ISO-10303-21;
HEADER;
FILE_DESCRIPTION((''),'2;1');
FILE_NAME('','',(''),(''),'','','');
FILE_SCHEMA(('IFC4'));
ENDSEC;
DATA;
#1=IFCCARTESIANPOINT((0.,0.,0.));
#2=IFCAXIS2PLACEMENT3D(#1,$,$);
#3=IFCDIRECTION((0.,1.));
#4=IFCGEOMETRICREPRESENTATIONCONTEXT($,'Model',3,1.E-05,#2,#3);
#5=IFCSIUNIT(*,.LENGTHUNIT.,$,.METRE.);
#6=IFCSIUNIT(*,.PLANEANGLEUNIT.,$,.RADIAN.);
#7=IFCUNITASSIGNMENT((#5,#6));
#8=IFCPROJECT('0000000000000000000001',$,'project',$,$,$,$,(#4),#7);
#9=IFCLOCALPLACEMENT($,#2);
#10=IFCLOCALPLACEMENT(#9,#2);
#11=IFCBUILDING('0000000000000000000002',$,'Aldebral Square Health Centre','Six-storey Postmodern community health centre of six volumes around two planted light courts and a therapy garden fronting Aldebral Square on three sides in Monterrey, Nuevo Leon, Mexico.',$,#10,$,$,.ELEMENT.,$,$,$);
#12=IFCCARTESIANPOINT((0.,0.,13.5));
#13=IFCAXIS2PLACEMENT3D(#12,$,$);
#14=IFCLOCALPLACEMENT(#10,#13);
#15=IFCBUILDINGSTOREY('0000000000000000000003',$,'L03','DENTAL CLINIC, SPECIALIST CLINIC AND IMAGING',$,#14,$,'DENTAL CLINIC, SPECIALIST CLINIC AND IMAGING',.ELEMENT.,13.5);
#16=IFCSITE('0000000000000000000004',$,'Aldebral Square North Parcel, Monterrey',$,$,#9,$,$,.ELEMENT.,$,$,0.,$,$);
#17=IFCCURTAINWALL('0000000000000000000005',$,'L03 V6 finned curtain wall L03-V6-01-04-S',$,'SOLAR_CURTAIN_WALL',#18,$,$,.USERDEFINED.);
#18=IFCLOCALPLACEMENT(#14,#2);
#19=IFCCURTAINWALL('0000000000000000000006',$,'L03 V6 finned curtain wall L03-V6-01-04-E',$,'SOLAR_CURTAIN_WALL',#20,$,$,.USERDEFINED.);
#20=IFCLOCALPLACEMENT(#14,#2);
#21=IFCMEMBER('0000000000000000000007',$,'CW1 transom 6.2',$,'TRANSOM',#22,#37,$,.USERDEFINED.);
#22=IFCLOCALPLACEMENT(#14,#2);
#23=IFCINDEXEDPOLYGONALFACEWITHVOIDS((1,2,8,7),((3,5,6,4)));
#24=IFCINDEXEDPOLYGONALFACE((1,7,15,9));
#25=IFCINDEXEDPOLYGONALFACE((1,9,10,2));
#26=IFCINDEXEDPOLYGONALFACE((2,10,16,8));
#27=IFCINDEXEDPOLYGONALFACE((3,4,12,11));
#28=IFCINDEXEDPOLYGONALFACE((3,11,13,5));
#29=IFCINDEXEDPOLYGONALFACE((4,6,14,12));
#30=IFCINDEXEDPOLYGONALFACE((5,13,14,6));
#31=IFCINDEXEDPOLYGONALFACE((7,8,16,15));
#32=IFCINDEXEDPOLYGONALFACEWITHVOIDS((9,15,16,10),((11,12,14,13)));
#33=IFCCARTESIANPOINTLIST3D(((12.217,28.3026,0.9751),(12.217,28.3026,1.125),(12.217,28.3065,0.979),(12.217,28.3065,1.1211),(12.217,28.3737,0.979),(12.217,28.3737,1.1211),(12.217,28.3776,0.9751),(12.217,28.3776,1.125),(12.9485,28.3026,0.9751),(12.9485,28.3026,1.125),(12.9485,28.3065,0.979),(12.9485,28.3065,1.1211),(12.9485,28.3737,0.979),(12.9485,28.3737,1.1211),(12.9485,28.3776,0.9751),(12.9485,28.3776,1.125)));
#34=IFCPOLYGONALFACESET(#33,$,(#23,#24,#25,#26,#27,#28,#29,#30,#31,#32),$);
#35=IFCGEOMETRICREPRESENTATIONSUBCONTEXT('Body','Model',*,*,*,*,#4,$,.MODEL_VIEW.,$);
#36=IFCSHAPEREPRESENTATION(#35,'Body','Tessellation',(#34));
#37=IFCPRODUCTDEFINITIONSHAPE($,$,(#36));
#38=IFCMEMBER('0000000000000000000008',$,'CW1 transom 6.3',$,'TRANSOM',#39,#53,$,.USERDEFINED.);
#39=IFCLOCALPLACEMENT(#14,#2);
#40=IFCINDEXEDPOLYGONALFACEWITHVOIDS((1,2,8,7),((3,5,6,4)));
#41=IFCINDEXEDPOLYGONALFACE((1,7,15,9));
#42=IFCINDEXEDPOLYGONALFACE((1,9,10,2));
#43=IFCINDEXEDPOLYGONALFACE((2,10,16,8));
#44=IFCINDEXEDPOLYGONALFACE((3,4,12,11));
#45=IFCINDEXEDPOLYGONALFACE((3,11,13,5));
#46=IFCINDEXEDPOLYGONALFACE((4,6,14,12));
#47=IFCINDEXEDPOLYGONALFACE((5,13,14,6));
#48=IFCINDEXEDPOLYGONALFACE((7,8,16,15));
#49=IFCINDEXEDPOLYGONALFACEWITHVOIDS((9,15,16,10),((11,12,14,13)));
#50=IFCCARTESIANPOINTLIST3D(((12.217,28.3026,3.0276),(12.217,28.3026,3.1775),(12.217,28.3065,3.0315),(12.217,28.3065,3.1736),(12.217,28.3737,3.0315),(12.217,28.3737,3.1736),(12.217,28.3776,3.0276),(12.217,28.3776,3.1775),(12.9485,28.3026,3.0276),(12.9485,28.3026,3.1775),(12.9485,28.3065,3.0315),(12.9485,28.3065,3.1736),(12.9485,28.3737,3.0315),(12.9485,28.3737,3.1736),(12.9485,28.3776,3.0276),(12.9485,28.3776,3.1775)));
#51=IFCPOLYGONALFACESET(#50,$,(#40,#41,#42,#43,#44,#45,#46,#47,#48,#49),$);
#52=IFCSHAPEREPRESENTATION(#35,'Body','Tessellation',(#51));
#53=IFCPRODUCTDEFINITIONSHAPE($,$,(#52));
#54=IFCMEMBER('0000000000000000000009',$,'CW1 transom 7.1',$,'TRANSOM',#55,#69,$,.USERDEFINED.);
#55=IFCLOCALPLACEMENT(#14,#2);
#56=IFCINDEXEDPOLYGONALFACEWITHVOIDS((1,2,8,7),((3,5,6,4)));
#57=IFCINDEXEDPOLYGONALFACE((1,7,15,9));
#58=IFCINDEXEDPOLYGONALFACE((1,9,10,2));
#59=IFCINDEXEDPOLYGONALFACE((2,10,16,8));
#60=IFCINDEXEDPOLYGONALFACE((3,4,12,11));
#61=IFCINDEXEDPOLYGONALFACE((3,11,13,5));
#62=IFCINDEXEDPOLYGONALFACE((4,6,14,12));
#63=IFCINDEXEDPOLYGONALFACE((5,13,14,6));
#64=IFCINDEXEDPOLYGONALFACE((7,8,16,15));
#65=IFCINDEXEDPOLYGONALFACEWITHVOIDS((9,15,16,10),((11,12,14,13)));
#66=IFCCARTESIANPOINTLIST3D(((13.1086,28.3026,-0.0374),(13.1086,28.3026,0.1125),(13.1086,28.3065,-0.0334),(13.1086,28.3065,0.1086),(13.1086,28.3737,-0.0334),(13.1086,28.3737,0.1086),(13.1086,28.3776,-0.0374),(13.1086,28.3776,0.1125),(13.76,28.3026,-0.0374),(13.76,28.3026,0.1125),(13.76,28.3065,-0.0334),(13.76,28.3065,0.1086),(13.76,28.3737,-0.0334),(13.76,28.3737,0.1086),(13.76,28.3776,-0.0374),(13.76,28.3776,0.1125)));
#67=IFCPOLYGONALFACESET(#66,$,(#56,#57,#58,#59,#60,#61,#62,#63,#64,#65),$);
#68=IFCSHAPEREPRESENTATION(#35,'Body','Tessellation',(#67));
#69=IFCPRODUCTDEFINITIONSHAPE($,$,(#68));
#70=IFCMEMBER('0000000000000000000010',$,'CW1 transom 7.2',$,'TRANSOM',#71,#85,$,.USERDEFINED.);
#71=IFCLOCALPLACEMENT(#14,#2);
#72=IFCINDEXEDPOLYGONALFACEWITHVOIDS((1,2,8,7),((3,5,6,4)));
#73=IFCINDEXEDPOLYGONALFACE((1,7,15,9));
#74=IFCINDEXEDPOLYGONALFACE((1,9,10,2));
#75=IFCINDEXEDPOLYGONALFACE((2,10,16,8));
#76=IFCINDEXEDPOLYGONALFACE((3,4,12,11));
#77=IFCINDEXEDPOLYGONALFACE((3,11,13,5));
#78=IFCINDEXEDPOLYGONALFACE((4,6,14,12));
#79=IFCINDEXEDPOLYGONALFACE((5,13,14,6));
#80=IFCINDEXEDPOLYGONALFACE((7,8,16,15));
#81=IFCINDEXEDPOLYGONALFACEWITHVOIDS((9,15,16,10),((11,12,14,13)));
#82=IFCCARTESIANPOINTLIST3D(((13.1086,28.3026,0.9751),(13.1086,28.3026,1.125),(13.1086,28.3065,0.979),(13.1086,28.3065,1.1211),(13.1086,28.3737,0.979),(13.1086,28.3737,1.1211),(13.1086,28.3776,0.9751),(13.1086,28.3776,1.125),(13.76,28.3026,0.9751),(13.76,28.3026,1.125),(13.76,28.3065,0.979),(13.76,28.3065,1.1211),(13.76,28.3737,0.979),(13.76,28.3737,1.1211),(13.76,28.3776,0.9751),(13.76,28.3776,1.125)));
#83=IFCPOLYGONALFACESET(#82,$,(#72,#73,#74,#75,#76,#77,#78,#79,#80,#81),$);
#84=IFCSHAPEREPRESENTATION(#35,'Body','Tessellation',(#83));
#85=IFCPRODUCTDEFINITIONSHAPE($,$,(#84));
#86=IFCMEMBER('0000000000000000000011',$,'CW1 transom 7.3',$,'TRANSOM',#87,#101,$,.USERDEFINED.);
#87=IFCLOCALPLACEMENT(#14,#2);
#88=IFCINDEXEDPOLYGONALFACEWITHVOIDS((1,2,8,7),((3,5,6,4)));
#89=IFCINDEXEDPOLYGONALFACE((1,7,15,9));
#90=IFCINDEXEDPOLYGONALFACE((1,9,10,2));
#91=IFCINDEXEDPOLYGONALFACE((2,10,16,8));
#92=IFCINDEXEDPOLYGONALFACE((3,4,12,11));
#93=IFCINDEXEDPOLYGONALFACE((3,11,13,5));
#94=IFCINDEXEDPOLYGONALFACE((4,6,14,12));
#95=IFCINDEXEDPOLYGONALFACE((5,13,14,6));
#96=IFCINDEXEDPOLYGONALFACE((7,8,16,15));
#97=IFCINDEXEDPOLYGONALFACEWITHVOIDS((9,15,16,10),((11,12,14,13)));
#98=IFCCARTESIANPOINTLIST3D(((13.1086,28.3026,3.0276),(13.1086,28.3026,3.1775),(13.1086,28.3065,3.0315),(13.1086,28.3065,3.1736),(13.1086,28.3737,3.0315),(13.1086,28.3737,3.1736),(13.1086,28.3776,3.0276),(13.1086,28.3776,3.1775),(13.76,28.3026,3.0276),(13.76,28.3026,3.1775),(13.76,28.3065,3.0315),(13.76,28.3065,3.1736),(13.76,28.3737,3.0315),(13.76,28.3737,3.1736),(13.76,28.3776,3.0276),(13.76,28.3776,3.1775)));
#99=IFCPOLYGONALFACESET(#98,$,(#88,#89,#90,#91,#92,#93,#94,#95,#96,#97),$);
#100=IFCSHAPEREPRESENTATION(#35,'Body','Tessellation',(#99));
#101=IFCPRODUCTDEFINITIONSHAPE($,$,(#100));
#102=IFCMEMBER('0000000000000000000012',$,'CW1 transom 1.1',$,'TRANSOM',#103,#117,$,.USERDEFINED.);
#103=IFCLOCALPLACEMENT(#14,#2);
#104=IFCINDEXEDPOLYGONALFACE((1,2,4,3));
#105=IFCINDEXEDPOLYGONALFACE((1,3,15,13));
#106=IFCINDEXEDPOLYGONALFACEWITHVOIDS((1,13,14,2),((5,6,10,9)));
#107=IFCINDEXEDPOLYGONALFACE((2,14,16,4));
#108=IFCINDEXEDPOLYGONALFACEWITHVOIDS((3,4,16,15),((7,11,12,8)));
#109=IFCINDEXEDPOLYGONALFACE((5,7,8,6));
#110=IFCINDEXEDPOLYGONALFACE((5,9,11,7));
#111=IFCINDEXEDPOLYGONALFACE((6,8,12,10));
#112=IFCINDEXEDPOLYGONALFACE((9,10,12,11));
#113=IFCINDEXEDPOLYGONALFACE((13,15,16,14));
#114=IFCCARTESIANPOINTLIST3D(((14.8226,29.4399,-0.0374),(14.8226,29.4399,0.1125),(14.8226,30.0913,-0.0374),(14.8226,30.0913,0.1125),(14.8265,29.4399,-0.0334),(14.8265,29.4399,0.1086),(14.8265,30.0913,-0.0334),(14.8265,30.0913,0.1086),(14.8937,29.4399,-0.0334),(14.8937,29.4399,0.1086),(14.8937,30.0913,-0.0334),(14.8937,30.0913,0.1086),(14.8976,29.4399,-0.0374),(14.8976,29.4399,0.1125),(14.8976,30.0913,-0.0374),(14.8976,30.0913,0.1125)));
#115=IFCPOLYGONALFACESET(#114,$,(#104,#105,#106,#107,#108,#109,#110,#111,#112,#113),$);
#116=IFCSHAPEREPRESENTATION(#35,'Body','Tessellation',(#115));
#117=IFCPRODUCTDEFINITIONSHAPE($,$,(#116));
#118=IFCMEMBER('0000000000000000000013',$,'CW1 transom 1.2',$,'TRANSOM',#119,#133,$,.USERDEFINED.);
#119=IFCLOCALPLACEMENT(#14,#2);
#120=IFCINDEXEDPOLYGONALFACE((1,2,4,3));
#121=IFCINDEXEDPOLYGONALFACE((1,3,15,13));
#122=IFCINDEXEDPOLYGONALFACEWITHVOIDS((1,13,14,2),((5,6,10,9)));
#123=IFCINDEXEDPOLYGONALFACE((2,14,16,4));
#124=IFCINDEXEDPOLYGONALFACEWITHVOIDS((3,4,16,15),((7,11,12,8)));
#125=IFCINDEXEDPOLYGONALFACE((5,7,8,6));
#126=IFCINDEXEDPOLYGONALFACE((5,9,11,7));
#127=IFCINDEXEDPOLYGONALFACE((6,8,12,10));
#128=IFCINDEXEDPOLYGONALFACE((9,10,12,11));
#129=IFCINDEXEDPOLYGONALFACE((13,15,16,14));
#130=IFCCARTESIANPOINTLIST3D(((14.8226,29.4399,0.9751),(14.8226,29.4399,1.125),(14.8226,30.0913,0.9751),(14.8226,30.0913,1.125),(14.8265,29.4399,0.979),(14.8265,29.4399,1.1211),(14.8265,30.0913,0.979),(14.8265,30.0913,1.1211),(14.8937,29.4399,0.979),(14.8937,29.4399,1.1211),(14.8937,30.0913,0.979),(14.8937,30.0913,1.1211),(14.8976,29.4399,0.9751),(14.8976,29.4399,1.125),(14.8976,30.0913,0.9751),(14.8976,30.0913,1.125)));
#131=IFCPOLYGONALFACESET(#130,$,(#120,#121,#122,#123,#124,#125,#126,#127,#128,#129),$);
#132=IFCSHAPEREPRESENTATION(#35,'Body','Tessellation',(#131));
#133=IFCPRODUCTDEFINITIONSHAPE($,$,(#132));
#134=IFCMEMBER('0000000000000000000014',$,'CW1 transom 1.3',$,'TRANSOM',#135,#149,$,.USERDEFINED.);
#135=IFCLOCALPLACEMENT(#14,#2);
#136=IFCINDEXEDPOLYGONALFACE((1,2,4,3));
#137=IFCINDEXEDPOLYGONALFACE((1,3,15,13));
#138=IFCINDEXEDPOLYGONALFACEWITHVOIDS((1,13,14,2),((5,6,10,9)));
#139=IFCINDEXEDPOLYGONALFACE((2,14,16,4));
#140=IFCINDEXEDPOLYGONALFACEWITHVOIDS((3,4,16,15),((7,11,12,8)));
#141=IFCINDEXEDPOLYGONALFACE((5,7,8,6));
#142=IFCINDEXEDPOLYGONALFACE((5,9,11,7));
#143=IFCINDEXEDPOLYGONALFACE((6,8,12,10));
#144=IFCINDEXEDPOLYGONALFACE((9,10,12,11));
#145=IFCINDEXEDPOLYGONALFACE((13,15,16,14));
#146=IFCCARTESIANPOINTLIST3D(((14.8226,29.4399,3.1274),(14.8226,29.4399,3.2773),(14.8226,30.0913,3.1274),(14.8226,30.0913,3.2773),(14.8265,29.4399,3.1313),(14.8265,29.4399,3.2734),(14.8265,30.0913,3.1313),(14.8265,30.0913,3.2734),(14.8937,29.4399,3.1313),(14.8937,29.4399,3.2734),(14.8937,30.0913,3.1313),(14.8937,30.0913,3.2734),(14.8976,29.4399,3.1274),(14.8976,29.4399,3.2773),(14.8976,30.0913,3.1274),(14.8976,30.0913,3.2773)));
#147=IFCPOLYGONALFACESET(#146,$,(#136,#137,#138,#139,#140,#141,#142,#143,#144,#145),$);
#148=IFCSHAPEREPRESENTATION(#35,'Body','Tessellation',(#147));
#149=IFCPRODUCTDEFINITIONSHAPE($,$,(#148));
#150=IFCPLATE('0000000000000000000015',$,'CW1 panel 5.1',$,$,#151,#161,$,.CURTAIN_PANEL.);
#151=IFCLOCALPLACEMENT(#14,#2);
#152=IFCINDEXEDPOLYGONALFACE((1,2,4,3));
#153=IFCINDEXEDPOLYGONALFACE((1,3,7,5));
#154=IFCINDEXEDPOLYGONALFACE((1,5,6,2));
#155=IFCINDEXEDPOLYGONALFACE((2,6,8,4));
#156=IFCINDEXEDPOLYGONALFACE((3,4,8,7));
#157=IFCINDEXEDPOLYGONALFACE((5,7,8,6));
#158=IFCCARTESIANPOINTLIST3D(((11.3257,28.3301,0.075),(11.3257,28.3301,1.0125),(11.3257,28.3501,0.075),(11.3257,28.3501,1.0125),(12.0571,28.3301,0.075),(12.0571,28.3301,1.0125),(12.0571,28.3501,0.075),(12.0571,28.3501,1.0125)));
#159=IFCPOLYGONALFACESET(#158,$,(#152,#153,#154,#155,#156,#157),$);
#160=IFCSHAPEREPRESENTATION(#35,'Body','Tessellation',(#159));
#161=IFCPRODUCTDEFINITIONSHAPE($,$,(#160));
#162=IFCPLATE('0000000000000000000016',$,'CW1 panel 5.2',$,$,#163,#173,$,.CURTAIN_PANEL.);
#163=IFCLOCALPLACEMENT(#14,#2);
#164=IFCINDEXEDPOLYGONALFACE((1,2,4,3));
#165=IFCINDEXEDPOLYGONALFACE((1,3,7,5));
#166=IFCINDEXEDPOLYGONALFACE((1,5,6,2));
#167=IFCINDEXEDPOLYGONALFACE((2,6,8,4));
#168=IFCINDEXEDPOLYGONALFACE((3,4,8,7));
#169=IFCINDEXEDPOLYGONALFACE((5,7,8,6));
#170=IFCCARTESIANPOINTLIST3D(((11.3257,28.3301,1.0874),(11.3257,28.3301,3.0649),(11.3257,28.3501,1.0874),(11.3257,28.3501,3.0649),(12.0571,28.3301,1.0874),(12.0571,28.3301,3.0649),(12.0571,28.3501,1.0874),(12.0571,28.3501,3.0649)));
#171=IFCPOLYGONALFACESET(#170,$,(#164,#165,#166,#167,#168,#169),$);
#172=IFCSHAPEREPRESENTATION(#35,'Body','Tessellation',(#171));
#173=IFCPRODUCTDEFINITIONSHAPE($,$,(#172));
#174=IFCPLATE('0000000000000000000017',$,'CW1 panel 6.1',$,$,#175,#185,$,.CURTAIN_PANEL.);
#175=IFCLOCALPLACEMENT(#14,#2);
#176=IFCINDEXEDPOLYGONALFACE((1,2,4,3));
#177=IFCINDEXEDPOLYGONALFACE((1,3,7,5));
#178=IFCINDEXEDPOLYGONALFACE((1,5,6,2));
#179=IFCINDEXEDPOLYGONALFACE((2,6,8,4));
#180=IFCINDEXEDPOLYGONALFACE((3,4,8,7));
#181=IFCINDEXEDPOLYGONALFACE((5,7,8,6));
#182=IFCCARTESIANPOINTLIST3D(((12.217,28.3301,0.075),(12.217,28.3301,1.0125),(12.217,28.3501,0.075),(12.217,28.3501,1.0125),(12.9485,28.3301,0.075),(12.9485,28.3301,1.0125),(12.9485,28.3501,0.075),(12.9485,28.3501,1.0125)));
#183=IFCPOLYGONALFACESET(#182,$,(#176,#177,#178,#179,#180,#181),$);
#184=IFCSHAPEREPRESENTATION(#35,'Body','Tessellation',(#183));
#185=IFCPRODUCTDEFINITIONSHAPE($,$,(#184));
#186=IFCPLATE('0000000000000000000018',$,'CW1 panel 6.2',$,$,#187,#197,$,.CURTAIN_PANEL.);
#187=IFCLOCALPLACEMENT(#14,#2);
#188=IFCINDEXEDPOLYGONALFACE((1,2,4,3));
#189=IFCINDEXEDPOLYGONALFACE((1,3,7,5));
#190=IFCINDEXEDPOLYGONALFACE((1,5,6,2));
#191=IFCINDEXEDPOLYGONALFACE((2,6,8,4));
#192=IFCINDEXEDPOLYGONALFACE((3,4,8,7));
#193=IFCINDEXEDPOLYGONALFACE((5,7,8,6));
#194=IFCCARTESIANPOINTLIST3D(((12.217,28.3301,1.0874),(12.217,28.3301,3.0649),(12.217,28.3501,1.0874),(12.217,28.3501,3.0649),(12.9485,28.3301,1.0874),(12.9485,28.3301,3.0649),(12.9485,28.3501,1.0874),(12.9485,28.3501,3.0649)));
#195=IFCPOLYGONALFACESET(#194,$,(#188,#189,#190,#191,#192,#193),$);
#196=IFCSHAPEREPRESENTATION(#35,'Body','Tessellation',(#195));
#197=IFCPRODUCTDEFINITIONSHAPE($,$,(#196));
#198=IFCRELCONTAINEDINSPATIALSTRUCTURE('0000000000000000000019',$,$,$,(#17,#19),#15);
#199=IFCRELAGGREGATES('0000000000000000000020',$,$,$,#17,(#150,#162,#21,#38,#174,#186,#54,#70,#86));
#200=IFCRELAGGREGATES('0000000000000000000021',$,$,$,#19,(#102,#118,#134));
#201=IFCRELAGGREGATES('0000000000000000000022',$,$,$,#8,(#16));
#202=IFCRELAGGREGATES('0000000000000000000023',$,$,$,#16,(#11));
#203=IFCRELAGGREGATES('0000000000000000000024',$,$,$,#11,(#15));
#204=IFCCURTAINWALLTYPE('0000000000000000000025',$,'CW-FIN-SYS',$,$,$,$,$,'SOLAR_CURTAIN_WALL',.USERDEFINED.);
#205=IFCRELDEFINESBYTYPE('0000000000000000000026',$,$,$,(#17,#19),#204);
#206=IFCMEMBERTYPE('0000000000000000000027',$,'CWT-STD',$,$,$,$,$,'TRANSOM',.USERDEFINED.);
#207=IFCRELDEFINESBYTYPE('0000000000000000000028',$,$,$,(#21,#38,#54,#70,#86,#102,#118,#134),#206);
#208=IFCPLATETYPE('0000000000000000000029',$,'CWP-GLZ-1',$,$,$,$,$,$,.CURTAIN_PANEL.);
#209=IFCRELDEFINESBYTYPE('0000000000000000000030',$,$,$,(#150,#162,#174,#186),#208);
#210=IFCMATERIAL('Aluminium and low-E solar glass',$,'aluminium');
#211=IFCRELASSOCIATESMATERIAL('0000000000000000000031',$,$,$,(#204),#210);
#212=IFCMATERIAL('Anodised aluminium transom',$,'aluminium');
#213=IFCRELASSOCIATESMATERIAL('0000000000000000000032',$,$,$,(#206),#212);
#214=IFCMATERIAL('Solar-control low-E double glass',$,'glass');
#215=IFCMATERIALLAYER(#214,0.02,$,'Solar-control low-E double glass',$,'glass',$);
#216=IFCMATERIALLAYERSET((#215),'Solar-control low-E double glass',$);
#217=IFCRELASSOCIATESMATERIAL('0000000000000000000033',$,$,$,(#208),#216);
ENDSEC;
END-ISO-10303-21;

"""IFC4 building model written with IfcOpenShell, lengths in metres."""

from ifc_helpers import new_model, si_unit, direction, frame, origin, origin_2d, place, context, subcontext, project, spatial, rectangle, hollow_rectangle, extrude, material, layer, layer_set, material_profile, profile_set, type_object, element, aggregate, save


model = new_model("IFC4")

# Units and contexts
model_context = context("Model", 3, precision=1e-05, world=origin(), true_north=direction((0.0, 1.0)))
body_context = subcontext(model_context, "Body", "Model", "MODEL_VIEW")
ifc_project = project(units=[si_unit("LENGTHUNIT", "METRE"), si_unit("PLANEANGLEUNIT", "RADIAN")], contexts=[model_context])

# Site, building, storey
site_placement = place(None, origin())
site = spatial("IfcSite", under=ifc_project, at=site_placement, Name="Aldebral Square North Parcel, Monterrey", CompositionType="ELEMENT", RefElevation=0.0)
building_placement = place(site_placement, origin())
building = spatial("IfcBuilding", under=site, at=building_placement, Name="Aldebral Square Health Centre", Description="Six-storey Postmodern community health centre of six volumes around two planted light courts and a therapy garden fronting Aldebral Square on three sides in Monterrey, Nuevo Leon, Mexico.", CompositionType="ELEMENT")
storey_placement = place(building_placement, frame((0.0, 0.0, 13.5)))
storey = spatial("IfcBuildingStorey", under=building, at=storey_placement, Name="L03", Description="DENTAL CLINIC, SPECIALIST CLINIC AND IMAGING", LongName="DENTAL CLINIC, SPECIALIST CLINIC AND IMAGING", CompositionType="ELEMENT", Elevation=13.5)

# Curtain wall
ifc_material_1 = material(Name="Aluminium and low-E solar glass", Category="aluminium")
curtain_wall_type = type_object("IfcCurtainWallType", Name="CW-FIN-SYS", ElementType="SOLAR_CURTAIN_WALL", PredefinedType="USERDEFINED", material=ifc_material_1)
curtain_wall_1_placement = place(storey_placement, origin())
curtain_wall_1 = element("IfcCurtainWall", 1, at=curtain_wall_1_placement, inside=storey, type_object=curtain_wall_type, Name="L03 V6 finned curtain wall L03-V6-01-04-S", ObjectType="SOLAR_CURTAIN_WALL", PredefinedType="USERDEFINED")

# Curtain wall
curtain_wall_2_placement = place(storey_placement, origin())
curtain_wall_2 = element("IfcCurtainWall", 2, at=curtain_wall_2_placement, inside=storey, type_object=curtain_wall_type, Name="L03 V6 finned curtain wall L03-V6-01-04-E", ObjectType="SOLAR_CURTAIN_WALL", PredefinedType="USERDEFINED")

# Members
ifc_material_2 = material(Name="Anodised aluminium transom", Category="aluminium")
ifc_material_profile_1 = material_profile(ifc_material_2, hollow_rectangle(XDim=0.075, YDim=0.1499, WallThickness=0.0039, at=origin_2d()), Name="CWT 75x150x4")
ifc_profile_set_1 = profile_set([ifc_material_profile_1], Name="Anodised aluminium transom")
member_type_1 = type_object("IfcMemberType", Name="CWT-STD", ElementType="TRANSOM", PredefinedType="USERDEFINED", material=ifc_profile_set_1)
member_1_placement = place(storey_placement, frame((12.217, 28.3401, 1.05), z_axis=(1.0, 0.0, 0.0), x_axis=(0.0, 1.0, 0.0)))
member_1 = element("IfcMember", 3, at=member_1_placement, type_object=member_type_1, Name="CW1 transom 6.2", ObjectType="TRANSOM", PredefinedType="USERDEFINED", context=body_context, shape_type="SweptSolid", body=[
    extrude(hollow_rectangle(XDim=0.075, YDim=0.1499, WallThickness=0.0039, at=origin_2d()), origin(), (0.0, 0.0, 1.0), 0.7314),
])
member_2_placement = place(storey_placement, frame((12.217, 28.3401, 3.1025), z_axis=(1.0, 0.0, 0.0), x_axis=(0.0, 1.0, 0.0)))
member_2 = element("IfcMember", 4, at=member_2_placement, type_object=member_type_1, Name="CW1 transom 6.3", ObjectType="TRANSOM", PredefinedType="USERDEFINED", context=body_context, shape_type="SweptSolid", body=[
    extrude(hollow_rectangle(XDim=0.075, YDim=0.1499, WallThickness=0.0039, at=origin_2d()), origin(), (0.0, 0.0, 1.0), 0.7314),
])
member_3_placement = place(storey_placement, frame((13.1086, 28.3401, 0.0376), z_axis=(1.0, 0.0, 0.0), x_axis=(0.0, 1.0, 0.0)))
member_3 = element("IfcMember", 5, at=member_3_placement, type_object=member_type_1, Name="CW1 transom 7.1", ObjectType="TRANSOM", PredefinedType="USERDEFINED", context=body_context, shape_type="SweptSolid", body=[
    extrude(hollow_rectangle(XDim=0.075, YDim=0.1499, WallThickness=0.0039, at=origin_2d()), origin(), (0.0, 0.0, 1.0), 0.6514),
])
member_4_placement = place(storey_placement, frame((13.1086, 28.3401, 1.05), z_axis=(1.0, 0.0, 0.0), x_axis=(0.0, 1.0, 0.0)))
member_4 = element("IfcMember", 6, at=member_4_placement, type_object=member_type_1, Name="CW1 transom 7.2", ObjectType="TRANSOM", PredefinedType="USERDEFINED", context=body_context, shape_type="SweptSolid", body=[
    extrude(hollow_rectangle(XDim=0.075, YDim=0.1499, WallThickness=0.0039, at=origin_2d()), origin(), (0.0, 0.0, 1.0), 0.6514),
])
member_5_placement = place(storey_placement, frame((13.1086, 28.3401, 3.1025), z_axis=(1.0, 0.0, 0.0), x_axis=(0.0, 1.0, 0.0)))
member_5 = element("IfcMember", 7, at=member_5_placement, type_object=member_type_1, Name="CW1 transom 7.3", ObjectType="TRANSOM", PredefinedType="USERDEFINED", context=body_context, shape_type="SweptSolid", body=[
    extrude(hollow_rectangle(XDim=0.075, YDim=0.1499, WallThickness=0.0039, at=origin_2d()), origin(), (0.0, 0.0, 1.0), 0.6514),
])
member_6_placement = place(storey_placement, frame((14.8601, 29.4399, 0.0376), z_axis=(0.0, 1.0, 0.0), x_axis=(-1.0, 0.0, 0.0)))
member_6 = element("IfcMember", 8, at=member_6_placement, type_object=member_type_1, Name="CW1 transom 1.1", ObjectType="TRANSOM", PredefinedType="USERDEFINED", context=body_context, shape_type="SweptSolid", body=[
    extrude(hollow_rectangle(XDim=0.075, YDim=0.1499, WallThickness=0.0039, at=origin_2d()), origin(), (0.0, 0.0, 1.0), 0.6514),
])
member_7_placement = place(storey_placement, frame((14.8601, 29.4399, 1.05), z_axis=(0.0, 1.0, 0.0), x_axis=(-1.0, 0.0, 0.0)))
member_7 = element("IfcMember", 9, at=member_7_placement, type_object=member_type_1, Name="CW1 transom 1.2", ObjectType="TRANSOM", PredefinedType="USERDEFINED", context=body_context, shape_type="SweptSolid", body=[
    extrude(hollow_rectangle(XDim=0.075, YDim=0.1499, WallThickness=0.0039, at=origin_2d()), origin(), (0.0, 0.0, 1.0), 0.6514),
])
member_8_placement = place(storey_placement, frame((14.8601, 29.4399, 3.2024), z_axis=(0.0, 1.0, 0.0), x_axis=(-1.0, 0.0, 0.0)))
member_8 = element("IfcMember", 10, at=member_8_placement, type_object=member_type_1, Name="CW1 transom 1.3", ObjectType="TRANSOM", PredefinedType="USERDEFINED", context=body_context, shape_type="SweptSolid", body=[
    extrude(hollow_rectangle(XDim=0.075, YDim=0.1499, WallThickness=0.0039, at=origin_2d()), origin(), (0.0, 0.0, 1.0), 0.6514),
])

# Plates
ifc_material_3 = material(Name="Solar-control low-E double glass", Category="glass")
ifc_layer_1 = layer(ifc_material_3, 0.02, Name="Solar-control low-E double glass", Category="glass")
ifc_layer_set_1 = layer_set([ifc_layer_1], Name="Solar-control low-E double glass")
plate_type_1 = type_object("IfcPlateType", Name="CWP-GLZ-1", PredefinedType="CURTAIN_PANEL", material=ifc_layer_set_1)
plate_1_placement = place(storey_placement, frame((11.6914, 28.3401, 0.075), z_axis=(0.0, 0.0, 1.0), x_axis=(1.0, 0.0, 0.0)))
plate_1 = element("IfcPlate", 11, at=plate_1_placement, type_object=plate_type_1, Name="CW1 panel 5.1", PredefinedType="CURTAIN_PANEL", context=body_context, shape_type="SweptSolid", body=[
    extrude(rectangle(XDim=0.7314, YDim=0.02, at=origin_2d()), origin(), (0.0, 0.0, 1.0), 0.9375),
])
plate_2_placement = place(storey_placement, frame((11.6914, 28.3401, 1.0874), z_axis=(0.0, 0.0, 1.0), x_axis=(1.0, 0.0, 0.0)))
plate_2 = element("IfcPlate", 12, at=plate_2_placement, type_object=plate_type_1, Name="CW1 panel 5.2", PredefinedType="CURTAIN_PANEL", context=body_context, shape_type="SweptSolid", body=[
    extrude(rectangle(XDim=0.7314, YDim=0.02, at=origin_2d()), origin(), (0.0, 0.0, 1.0), 1.9775),
])
plate_3_placement = place(storey_placement, frame((12.5828, 28.3401, 0.075), z_axis=(0.0, 0.0, 1.0), x_axis=(1.0, 0.0, 0.0)))
plate_3 = element("IfcPlate", 13, at=plate_3_placement, type_object=plate_type_1, Name="CW1 panel 6.1", PredefinedType="CURTAIN_PANEL", context=body_context, shape_type="SweptSolid", body=[
    extrude(rectangle(XDim=0.7314, YDim=0.02, at=origin_2d()), origin(), (0.0, 0.0, 1.0), 0.9375),
])
plate_4_placement = place(storey_placement, frame((12.5828, 28.3401, 1.0874), z_axis=(0.0, 0.0, 1.0), x_axis=(1.0, 0.0, 0.0)))
plate_4 = element("IfcPlate", 14, at=plate_4_placement, type_object=plate_type_1, Name="CW1 panel 6.2", PredefinedType="CURTAIN_PANEL", context=body_context, shape_type="SweptSolid", body=[
    extrude(rectangle(XDim=0.7314, YDim=0.02, at=origin_2d()), origin(), (0.0, 0.0, 1.0), 1.9775),
])
aggregate(curtain_wall_1, [plate_1, plate_2, member_1, member_2, plate_3, plate_4, member_3, member_4, member_5])
aggregate(curtain_wall_2, [member_6, member_7, member_8])

save(model, "model.ifc")
